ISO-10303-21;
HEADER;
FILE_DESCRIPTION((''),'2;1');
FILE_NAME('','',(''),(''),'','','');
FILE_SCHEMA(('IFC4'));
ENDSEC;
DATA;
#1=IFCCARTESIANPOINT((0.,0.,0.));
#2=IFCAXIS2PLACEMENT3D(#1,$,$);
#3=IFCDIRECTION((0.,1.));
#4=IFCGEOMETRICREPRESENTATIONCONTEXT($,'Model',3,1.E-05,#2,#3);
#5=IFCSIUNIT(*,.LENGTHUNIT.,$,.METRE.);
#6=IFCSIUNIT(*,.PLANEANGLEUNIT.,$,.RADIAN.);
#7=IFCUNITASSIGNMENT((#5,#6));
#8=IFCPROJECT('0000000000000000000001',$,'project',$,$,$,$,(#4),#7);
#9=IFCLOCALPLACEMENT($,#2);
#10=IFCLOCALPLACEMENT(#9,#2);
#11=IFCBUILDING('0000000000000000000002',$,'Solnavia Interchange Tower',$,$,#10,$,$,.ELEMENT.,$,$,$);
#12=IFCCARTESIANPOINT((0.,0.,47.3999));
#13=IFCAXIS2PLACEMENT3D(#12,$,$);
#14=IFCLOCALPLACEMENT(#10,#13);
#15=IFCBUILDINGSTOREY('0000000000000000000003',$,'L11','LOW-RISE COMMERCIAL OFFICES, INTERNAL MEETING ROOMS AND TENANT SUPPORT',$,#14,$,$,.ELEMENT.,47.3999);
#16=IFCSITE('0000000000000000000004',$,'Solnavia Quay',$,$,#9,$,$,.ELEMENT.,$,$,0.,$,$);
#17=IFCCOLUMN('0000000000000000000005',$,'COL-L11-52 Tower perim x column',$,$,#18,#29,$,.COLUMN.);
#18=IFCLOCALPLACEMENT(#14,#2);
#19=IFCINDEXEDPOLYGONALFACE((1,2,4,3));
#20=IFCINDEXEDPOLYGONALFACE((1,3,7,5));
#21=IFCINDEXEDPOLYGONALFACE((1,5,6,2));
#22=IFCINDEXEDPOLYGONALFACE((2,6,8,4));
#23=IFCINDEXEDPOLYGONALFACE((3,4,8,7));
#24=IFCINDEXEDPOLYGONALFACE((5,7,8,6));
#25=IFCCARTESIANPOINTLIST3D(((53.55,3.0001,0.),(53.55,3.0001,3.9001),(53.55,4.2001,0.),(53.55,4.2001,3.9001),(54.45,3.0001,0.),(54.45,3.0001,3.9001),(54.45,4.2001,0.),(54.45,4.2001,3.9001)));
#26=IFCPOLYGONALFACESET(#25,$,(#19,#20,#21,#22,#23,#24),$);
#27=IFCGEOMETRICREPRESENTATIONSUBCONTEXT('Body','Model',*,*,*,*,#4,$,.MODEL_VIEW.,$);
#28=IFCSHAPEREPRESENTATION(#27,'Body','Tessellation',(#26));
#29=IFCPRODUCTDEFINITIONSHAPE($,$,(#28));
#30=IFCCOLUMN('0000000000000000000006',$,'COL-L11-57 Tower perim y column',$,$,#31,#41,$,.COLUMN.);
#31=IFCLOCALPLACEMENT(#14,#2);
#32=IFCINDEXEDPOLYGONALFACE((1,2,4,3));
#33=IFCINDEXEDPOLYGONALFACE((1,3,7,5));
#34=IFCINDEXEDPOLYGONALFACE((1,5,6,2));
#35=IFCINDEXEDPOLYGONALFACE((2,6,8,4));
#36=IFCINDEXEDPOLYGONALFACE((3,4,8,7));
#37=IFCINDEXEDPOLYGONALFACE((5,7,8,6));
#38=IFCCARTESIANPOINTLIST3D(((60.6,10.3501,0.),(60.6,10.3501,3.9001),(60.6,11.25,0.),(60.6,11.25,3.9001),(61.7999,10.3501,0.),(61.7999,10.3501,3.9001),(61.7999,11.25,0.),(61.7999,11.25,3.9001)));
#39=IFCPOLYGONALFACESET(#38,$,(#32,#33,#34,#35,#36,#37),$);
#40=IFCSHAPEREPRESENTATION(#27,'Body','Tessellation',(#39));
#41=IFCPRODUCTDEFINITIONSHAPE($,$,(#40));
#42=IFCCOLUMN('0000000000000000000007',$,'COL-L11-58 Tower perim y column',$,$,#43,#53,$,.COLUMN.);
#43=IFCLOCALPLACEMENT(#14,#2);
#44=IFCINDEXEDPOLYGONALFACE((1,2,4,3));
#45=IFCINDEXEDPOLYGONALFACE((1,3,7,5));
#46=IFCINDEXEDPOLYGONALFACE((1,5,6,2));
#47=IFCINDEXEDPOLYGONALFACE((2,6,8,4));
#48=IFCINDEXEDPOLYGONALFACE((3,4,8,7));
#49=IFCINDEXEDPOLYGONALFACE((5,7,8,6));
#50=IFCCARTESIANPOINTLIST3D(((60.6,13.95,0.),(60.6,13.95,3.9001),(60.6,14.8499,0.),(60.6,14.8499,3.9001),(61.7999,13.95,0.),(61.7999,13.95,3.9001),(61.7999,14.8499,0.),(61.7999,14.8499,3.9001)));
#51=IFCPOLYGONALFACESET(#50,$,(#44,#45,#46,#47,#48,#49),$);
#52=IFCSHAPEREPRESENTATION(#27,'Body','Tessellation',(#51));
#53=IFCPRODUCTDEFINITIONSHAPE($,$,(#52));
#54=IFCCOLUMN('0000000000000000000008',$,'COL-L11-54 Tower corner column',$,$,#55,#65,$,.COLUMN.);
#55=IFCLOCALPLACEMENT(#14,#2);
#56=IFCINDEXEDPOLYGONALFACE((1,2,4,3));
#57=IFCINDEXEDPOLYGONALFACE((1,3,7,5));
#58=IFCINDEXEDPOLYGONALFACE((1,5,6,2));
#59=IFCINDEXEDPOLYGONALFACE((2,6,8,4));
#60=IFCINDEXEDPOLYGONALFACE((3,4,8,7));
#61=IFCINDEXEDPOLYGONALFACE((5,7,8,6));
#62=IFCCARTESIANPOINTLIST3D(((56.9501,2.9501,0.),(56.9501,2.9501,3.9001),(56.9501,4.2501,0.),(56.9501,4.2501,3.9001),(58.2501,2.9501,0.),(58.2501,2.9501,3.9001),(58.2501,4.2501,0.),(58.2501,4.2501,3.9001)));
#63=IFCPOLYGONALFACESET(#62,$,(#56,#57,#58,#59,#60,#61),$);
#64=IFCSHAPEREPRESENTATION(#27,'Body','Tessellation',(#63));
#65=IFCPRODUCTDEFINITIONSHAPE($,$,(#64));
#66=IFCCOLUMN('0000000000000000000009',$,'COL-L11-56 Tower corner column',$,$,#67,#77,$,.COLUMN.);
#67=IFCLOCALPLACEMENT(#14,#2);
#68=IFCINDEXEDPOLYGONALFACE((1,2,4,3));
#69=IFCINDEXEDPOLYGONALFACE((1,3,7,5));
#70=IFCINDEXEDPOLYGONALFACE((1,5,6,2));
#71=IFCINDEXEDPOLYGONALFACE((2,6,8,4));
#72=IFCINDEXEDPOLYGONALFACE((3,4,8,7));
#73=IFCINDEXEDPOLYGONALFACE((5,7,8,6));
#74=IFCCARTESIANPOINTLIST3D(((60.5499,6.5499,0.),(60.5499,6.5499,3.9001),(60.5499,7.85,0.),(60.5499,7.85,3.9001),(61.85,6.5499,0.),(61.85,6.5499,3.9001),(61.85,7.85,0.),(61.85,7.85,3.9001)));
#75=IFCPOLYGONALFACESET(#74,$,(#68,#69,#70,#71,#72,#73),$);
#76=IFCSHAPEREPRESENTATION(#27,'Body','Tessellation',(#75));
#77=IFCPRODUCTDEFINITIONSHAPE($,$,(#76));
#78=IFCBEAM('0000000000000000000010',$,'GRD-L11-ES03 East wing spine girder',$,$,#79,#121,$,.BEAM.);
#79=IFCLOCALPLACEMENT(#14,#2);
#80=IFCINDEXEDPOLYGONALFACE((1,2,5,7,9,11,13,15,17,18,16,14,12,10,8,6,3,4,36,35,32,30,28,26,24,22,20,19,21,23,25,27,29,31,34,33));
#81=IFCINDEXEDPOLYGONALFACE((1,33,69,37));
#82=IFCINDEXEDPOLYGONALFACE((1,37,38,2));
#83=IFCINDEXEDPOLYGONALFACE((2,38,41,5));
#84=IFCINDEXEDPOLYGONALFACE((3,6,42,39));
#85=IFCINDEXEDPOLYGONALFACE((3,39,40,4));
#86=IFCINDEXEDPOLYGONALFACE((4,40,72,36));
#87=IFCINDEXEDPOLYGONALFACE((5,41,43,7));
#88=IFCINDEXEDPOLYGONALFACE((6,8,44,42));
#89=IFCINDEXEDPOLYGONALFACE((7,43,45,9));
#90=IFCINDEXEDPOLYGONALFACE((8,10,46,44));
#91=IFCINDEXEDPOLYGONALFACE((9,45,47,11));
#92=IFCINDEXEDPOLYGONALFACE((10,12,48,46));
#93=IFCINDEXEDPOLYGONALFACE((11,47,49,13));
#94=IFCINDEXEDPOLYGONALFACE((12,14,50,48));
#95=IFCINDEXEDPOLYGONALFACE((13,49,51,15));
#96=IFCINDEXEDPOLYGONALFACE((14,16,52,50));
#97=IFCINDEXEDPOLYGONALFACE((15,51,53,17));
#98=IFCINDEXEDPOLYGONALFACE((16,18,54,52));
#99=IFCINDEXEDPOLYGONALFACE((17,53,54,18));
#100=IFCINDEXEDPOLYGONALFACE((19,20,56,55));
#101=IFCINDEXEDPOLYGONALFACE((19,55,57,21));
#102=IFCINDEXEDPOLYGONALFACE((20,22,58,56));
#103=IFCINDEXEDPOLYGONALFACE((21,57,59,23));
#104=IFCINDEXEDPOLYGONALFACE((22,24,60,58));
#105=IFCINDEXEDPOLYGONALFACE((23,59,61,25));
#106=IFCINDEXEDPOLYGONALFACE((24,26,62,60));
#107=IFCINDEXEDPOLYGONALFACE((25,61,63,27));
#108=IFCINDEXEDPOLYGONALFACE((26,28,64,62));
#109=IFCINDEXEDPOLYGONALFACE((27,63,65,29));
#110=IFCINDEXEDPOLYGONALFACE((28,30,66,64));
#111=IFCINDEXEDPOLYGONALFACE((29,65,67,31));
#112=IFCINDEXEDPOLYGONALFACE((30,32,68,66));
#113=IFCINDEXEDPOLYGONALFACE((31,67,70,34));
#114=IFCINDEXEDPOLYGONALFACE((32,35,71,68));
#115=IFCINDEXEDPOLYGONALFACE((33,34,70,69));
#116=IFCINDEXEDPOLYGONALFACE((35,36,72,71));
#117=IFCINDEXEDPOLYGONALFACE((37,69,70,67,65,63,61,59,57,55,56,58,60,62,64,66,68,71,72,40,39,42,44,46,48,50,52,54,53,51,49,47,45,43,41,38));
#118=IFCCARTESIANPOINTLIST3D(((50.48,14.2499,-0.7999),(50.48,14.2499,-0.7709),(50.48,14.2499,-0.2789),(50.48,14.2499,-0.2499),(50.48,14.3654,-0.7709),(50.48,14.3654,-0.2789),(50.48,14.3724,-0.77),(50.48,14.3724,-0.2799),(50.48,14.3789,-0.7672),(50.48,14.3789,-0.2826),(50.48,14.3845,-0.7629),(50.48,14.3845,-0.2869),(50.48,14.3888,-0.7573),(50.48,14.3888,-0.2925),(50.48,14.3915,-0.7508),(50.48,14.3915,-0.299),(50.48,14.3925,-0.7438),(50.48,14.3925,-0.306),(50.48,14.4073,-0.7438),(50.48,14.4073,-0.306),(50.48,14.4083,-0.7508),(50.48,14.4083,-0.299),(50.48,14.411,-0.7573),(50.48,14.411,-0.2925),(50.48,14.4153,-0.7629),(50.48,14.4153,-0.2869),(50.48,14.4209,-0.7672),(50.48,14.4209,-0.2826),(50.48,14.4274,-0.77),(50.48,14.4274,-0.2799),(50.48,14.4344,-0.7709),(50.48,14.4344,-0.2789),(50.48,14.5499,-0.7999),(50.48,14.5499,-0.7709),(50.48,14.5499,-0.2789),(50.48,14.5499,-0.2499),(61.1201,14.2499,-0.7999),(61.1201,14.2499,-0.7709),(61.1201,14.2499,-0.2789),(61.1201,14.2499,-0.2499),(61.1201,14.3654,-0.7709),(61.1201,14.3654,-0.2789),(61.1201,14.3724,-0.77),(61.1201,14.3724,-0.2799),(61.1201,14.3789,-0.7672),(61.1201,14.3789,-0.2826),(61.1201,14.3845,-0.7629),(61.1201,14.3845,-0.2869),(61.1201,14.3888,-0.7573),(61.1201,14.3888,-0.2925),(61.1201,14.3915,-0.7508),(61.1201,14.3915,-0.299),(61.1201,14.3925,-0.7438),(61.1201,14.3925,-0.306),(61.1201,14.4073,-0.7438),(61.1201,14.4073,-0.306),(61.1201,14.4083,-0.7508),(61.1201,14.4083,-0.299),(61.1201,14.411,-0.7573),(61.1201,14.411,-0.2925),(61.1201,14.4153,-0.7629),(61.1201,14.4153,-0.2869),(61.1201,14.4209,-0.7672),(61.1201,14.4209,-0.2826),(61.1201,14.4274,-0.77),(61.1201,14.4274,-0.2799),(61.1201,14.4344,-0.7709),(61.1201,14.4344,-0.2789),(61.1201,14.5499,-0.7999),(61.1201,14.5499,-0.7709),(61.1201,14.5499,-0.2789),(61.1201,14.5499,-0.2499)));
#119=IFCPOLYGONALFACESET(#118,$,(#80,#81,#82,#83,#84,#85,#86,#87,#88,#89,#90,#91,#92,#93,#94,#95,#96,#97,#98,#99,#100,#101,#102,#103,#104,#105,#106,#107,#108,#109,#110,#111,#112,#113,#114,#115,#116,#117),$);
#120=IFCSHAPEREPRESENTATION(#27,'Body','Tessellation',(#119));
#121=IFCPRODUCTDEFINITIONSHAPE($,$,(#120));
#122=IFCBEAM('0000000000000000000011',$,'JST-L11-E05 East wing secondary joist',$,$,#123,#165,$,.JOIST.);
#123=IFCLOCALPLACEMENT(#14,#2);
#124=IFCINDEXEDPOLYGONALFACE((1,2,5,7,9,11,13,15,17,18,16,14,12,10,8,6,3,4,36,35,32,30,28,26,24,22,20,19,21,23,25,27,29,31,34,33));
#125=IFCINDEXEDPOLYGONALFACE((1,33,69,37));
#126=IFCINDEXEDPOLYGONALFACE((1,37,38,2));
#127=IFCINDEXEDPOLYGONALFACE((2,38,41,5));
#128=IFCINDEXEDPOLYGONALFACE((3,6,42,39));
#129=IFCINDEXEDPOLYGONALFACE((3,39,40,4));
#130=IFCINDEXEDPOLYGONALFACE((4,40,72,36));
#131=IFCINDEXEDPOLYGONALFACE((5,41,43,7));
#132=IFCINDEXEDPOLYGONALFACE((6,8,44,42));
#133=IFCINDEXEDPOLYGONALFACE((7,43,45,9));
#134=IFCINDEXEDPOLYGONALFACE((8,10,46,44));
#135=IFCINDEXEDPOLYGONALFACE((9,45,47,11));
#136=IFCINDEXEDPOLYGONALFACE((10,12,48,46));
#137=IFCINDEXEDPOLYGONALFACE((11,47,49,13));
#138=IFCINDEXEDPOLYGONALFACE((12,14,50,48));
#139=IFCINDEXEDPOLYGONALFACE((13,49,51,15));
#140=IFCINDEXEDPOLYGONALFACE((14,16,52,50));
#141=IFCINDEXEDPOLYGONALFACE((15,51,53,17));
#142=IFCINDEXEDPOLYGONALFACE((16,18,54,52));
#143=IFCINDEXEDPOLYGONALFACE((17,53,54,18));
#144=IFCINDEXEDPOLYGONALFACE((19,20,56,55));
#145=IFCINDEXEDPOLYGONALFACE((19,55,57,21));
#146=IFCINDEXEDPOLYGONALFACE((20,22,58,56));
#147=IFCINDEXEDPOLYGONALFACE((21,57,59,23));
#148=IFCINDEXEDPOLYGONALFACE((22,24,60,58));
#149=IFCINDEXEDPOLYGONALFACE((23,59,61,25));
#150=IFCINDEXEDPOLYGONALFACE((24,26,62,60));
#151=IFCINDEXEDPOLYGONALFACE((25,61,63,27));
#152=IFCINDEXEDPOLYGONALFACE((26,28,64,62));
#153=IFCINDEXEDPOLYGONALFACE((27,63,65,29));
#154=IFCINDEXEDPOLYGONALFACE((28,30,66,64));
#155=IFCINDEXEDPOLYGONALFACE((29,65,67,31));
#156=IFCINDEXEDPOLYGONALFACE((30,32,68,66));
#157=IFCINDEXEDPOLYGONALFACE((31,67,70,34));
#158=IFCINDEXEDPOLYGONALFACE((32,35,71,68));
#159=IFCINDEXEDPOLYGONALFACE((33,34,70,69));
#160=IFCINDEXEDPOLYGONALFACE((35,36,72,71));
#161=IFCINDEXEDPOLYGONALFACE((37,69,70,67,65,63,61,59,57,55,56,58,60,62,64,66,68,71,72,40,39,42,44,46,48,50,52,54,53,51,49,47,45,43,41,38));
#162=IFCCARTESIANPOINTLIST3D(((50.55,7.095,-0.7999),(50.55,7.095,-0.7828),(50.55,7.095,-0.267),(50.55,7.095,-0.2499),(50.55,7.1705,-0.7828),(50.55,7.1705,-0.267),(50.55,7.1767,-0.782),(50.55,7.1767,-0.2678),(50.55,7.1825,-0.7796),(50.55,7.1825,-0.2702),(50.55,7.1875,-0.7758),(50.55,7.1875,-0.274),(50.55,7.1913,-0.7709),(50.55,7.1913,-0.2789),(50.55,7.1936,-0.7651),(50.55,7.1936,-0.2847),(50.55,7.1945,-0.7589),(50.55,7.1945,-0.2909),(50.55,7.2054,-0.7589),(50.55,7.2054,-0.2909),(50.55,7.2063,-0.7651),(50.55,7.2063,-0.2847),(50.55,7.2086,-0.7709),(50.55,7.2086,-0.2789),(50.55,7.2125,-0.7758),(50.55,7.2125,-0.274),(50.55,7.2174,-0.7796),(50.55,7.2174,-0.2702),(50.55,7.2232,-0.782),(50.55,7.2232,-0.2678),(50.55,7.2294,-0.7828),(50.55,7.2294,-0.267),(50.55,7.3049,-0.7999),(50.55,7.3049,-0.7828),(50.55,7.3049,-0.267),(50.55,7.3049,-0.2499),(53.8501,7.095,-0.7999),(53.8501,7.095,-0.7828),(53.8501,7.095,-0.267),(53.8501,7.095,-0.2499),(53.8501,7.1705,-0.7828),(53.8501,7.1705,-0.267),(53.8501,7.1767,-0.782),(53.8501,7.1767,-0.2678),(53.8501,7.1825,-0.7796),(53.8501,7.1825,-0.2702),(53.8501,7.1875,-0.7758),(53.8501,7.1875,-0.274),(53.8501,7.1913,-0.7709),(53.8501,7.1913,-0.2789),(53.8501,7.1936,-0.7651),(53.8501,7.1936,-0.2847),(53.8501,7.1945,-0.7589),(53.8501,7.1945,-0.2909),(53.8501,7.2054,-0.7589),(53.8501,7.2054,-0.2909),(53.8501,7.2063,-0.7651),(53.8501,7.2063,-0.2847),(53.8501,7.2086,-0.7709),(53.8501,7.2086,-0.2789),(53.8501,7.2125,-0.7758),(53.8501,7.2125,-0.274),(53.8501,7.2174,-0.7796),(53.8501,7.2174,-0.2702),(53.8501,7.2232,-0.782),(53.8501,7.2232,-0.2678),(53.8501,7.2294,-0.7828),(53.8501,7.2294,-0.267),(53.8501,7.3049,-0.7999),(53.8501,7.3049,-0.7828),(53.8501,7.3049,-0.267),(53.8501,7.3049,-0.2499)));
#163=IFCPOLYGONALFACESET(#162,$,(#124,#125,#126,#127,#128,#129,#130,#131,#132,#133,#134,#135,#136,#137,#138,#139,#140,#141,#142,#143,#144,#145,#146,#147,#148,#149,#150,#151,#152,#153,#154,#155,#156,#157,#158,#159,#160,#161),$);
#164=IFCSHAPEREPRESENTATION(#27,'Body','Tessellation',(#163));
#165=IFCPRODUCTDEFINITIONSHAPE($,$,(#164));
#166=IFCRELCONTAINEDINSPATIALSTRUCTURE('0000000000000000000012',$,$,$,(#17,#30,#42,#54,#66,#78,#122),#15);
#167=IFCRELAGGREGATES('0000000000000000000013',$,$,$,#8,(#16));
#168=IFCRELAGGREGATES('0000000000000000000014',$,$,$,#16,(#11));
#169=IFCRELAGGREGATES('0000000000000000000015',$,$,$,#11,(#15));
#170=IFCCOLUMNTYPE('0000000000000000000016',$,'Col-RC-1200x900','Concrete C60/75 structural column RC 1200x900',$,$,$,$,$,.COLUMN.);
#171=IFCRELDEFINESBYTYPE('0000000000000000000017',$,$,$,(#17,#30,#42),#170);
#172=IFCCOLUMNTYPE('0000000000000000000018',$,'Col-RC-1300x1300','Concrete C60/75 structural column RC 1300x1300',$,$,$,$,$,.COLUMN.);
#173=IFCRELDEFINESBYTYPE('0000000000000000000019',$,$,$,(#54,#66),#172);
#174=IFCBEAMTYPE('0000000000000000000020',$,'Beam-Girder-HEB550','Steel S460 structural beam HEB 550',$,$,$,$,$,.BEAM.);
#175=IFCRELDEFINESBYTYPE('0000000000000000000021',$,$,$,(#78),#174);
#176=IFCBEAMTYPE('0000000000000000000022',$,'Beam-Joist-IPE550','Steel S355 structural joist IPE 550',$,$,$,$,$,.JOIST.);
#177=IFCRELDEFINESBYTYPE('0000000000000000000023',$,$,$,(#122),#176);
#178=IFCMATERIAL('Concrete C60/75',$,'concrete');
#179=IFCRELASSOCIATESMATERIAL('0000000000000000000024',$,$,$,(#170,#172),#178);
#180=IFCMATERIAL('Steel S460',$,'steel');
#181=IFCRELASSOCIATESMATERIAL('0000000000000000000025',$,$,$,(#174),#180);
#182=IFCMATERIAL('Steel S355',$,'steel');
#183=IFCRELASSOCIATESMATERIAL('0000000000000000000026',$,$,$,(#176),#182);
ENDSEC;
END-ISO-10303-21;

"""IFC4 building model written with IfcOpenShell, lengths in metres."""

from ifc_helpers import new_model, si_unit, direction, frame, origin, origin_2d, place, context, subcontext, project, spatial, rectangle, i_section, extrude, material, material_profile, profile_set, type_object, element, save


model = new_model("IFC4")

# Units and contexts
model_context = context("Model", 3, precision=1e-05, world=origin(), true_north=direction((0.0, 1.0)))
body_context = subcontext(model_context, "Body", "Model", "MODEL_VIEW")
ifc_project = project(units=[si_unit("LENGTHUNIT", "METRE"), si_unit("PLANEANGLEUNIT", "RADIAN")], contexts=[model_context])

# Site, building, storey
site_placement = place(None, origin())
site = spatial("IfcSite", under=ifc_project, at=site_placement, Name="Solnavia Quay", CompositionType="ELEMENT", RefElevation=0.0)
building_placement = place(site_placement, origin())
building = spatial("IfcBuilding", under=site, at=building_placement, Name="Solnavia Interchange Tower", CompositionType="ELEMENT")
storey_placement = place(building_placement, frame((0.0, 0.0, 47.3999)))
storey = spatial("IfcBuildingStorey", under=building, at=storey_placement, Name="L11", Description="LOW-RISE COMMERCIAL OFFICES, INTERNAL MEETING ROOMS AND TENANT SUPPORT", CompositionType="ELEMENT", Elevation=47.3999)

# Columns
ifc_material_1 = material(Name="Concrete C60/75", Category="concrete")
ifc_material_profile_1 = material_profile(ifc_material_1, rectangle(XDim=0.8999, YDim=1.2, at=origin_2d()), Name="RC 1200x900")
ifc_profile_set_1 = profile_set([ifc_material_profile_1], Name="Concrete C60/75")
column_type_1 = type_object("IfcColumnType", Name="Col-RC-1200x900", Description="Concrete C60/75 structural column RC 1200x900", PredefinedType="COLUMN", material=ifc_profile_set_1)
for number, where, z_axis, x_axis, name in (
    (1, (54.0, 3.6001, 0.0), (0.0, 0.0, 1.0), (1.0, 0.0, 0.0), "COL-L11-52 Tower perim x column"),
    (2, (61.2, 10.8, 0.0), (0.0, 0.0, 1.0), (0.0, 1.0, 0.0), "COL-L11-57 Tower perim y column"),
    (3, (61.2, 14.3999, 0.0), (0.0, 0.0, 1.0), (0.0, 1.0, 0.0), "COL-L11-58 Tower perim y column"),
):
    element("IfcColumn", number, at=place(storey_placement, frame(where, z_axis=z_axis, x_axis=x_axis)), inside=storey, type_object=column_type_1, Name=name, PredefinedType="COLUMN", context=body_context, shape_type="SweptSolid", body=[
        extrude(rectangle(XDim=0.8999, YDim=1.2, at=origin_2d()), origin(), (0.0, 0.0, 1.0), 3.9001),
    ])
ifc_material_profile_2 = material_profile(ifc_material_1, rectangle(XDim=1.3, YDim=1.3, at=origin_2d()), Name="RC 1300x1300")
ifc_profile_set_2 = profile_set([ifc_material_profile_2], Name="Concrete C60/75")
column_type_2 = type_object("IfcColumnType", Name="Col-RC-1300x1300", Description="Concrete C60/75 structural column RC 1300x1300", PredefinedType="COLUMN", material=ifc_profile_set_2)
for number, where, z_axis, x_axis, name in (
    (4, (57.6001, 3.6001, 0.0), (0.0, 0.0, 1.0), (1.0, 0.0, 0.0), "COL-L11-54 Tower corner column"),
    (5, (61.2, 7.2, 0.0), (0.0, 0.0, 1.0), (1.0, 0.0, 0.0), "COL-L11-56 Tower corner column"),
):
    element("IfcColumn", number, at=place(storey_placement, frame(where, z_axis=z_axis, x_axis=x_axis)), inside=storey, type_object=column_type_2, Name=name, PredefinedType="COLUMN", context=body_context, shape_type="SweptSolid", body=[
        extrude(rectangle(XDim=1.3, YDim=1.3, at=origin_2d()), origin(), (0.0, 0.0, 1.0), 3.9001),
    ])

# Beams
ifc_material_2 = material(Name="Steel S460", Category="steel")
ifc_material_profile_3 = material_profile(ifc_material_2, i_section(OverallWidth=0.3, OverallDepth=0.55, WebThickness=0.0149, FlangeThickness=0.0291, FilletRadius=0.0271, at=origin_2d()), Name="HEB 550")
ifc_profile_set_3 = profile_set([ifc_material_profile_3], Name="Steel S460")
beam_type_1 = type_object("IfcBeamType", Name="Beam-Girder-HEB550", Description="Steel S460 structural beam HEB 550", PredefinedType="BEAM", material=ifc_profile_set_3)
beam_1_placement = place(storey_placement, frame((50.48, 14.3999, -0.5249), z_axis=(1.0, 0.0, 0.0), x_axis=(0.0, 1.0, 0.0)))
element("IfcBeam", 6, at=beam_1_placement, inside=storey, type_object=beam_type_1, Name="GRD-L11-ES03 East wing spine girder", PredefinedType="BEAM", context=body_context, shape_type="SweptSolid", body=[
    extrude(i_section(OverallWidth=0.3, OverallDepth=0.55, WebThickness=0.0149, FlangeThickness=0.0291, FilletRadius=0.0271, at=origin_2d()), origin(), (0.0, 0.0, 1.0), 10.6401),
])
ifc_material_3 = material(Name="Steel S355", Category="steel")
ifc_material_profile_4 = material_profile(ifc_material_3, i_section(OverallWidth=0.21, OverallDepth=0.55, WebThickness=0.011, FlangeThickness=0.0171, FilletRadius=0.0239, at=origin_2d()), Name="IPE 550")
ifc_profile_set_4 = profile_set([ifc_material_profile_4], Name="Steel S355")
beam_type_2 = type_object("IfcBeamType", Name="Beam-Joist-IPE550", Description="Steel S355 structural joist IPE 550", PredefinedType="JOIST", material=ifc_profile_set_4)
beam_2_placement = place(storey_placement, frame((50.55, 7.2, -0.5249), z_axis=(1.0, 0.0, 0.0), x_axis=(0.0, 1.0, 0.0)))
element("IfcBeam", 7, at=beam_2_placement, inside=storey, type_object=beam_type_2, Name="JST-L11-E05 East wing secondary joist", PredefinedType="JOIST", context=body_context, shape_type="SweptSolid", body=[
    extrude(i_section(OverallWidth=0.21, OverallDepth=0.55, WebThickness=0.011, FlangeThickness=0.0171, FilletRadius=0.0239, at=origin_2d()), origin(), (0.0, 0.0, 1.0), 3.3),
])

save(model, "model.ifc")
